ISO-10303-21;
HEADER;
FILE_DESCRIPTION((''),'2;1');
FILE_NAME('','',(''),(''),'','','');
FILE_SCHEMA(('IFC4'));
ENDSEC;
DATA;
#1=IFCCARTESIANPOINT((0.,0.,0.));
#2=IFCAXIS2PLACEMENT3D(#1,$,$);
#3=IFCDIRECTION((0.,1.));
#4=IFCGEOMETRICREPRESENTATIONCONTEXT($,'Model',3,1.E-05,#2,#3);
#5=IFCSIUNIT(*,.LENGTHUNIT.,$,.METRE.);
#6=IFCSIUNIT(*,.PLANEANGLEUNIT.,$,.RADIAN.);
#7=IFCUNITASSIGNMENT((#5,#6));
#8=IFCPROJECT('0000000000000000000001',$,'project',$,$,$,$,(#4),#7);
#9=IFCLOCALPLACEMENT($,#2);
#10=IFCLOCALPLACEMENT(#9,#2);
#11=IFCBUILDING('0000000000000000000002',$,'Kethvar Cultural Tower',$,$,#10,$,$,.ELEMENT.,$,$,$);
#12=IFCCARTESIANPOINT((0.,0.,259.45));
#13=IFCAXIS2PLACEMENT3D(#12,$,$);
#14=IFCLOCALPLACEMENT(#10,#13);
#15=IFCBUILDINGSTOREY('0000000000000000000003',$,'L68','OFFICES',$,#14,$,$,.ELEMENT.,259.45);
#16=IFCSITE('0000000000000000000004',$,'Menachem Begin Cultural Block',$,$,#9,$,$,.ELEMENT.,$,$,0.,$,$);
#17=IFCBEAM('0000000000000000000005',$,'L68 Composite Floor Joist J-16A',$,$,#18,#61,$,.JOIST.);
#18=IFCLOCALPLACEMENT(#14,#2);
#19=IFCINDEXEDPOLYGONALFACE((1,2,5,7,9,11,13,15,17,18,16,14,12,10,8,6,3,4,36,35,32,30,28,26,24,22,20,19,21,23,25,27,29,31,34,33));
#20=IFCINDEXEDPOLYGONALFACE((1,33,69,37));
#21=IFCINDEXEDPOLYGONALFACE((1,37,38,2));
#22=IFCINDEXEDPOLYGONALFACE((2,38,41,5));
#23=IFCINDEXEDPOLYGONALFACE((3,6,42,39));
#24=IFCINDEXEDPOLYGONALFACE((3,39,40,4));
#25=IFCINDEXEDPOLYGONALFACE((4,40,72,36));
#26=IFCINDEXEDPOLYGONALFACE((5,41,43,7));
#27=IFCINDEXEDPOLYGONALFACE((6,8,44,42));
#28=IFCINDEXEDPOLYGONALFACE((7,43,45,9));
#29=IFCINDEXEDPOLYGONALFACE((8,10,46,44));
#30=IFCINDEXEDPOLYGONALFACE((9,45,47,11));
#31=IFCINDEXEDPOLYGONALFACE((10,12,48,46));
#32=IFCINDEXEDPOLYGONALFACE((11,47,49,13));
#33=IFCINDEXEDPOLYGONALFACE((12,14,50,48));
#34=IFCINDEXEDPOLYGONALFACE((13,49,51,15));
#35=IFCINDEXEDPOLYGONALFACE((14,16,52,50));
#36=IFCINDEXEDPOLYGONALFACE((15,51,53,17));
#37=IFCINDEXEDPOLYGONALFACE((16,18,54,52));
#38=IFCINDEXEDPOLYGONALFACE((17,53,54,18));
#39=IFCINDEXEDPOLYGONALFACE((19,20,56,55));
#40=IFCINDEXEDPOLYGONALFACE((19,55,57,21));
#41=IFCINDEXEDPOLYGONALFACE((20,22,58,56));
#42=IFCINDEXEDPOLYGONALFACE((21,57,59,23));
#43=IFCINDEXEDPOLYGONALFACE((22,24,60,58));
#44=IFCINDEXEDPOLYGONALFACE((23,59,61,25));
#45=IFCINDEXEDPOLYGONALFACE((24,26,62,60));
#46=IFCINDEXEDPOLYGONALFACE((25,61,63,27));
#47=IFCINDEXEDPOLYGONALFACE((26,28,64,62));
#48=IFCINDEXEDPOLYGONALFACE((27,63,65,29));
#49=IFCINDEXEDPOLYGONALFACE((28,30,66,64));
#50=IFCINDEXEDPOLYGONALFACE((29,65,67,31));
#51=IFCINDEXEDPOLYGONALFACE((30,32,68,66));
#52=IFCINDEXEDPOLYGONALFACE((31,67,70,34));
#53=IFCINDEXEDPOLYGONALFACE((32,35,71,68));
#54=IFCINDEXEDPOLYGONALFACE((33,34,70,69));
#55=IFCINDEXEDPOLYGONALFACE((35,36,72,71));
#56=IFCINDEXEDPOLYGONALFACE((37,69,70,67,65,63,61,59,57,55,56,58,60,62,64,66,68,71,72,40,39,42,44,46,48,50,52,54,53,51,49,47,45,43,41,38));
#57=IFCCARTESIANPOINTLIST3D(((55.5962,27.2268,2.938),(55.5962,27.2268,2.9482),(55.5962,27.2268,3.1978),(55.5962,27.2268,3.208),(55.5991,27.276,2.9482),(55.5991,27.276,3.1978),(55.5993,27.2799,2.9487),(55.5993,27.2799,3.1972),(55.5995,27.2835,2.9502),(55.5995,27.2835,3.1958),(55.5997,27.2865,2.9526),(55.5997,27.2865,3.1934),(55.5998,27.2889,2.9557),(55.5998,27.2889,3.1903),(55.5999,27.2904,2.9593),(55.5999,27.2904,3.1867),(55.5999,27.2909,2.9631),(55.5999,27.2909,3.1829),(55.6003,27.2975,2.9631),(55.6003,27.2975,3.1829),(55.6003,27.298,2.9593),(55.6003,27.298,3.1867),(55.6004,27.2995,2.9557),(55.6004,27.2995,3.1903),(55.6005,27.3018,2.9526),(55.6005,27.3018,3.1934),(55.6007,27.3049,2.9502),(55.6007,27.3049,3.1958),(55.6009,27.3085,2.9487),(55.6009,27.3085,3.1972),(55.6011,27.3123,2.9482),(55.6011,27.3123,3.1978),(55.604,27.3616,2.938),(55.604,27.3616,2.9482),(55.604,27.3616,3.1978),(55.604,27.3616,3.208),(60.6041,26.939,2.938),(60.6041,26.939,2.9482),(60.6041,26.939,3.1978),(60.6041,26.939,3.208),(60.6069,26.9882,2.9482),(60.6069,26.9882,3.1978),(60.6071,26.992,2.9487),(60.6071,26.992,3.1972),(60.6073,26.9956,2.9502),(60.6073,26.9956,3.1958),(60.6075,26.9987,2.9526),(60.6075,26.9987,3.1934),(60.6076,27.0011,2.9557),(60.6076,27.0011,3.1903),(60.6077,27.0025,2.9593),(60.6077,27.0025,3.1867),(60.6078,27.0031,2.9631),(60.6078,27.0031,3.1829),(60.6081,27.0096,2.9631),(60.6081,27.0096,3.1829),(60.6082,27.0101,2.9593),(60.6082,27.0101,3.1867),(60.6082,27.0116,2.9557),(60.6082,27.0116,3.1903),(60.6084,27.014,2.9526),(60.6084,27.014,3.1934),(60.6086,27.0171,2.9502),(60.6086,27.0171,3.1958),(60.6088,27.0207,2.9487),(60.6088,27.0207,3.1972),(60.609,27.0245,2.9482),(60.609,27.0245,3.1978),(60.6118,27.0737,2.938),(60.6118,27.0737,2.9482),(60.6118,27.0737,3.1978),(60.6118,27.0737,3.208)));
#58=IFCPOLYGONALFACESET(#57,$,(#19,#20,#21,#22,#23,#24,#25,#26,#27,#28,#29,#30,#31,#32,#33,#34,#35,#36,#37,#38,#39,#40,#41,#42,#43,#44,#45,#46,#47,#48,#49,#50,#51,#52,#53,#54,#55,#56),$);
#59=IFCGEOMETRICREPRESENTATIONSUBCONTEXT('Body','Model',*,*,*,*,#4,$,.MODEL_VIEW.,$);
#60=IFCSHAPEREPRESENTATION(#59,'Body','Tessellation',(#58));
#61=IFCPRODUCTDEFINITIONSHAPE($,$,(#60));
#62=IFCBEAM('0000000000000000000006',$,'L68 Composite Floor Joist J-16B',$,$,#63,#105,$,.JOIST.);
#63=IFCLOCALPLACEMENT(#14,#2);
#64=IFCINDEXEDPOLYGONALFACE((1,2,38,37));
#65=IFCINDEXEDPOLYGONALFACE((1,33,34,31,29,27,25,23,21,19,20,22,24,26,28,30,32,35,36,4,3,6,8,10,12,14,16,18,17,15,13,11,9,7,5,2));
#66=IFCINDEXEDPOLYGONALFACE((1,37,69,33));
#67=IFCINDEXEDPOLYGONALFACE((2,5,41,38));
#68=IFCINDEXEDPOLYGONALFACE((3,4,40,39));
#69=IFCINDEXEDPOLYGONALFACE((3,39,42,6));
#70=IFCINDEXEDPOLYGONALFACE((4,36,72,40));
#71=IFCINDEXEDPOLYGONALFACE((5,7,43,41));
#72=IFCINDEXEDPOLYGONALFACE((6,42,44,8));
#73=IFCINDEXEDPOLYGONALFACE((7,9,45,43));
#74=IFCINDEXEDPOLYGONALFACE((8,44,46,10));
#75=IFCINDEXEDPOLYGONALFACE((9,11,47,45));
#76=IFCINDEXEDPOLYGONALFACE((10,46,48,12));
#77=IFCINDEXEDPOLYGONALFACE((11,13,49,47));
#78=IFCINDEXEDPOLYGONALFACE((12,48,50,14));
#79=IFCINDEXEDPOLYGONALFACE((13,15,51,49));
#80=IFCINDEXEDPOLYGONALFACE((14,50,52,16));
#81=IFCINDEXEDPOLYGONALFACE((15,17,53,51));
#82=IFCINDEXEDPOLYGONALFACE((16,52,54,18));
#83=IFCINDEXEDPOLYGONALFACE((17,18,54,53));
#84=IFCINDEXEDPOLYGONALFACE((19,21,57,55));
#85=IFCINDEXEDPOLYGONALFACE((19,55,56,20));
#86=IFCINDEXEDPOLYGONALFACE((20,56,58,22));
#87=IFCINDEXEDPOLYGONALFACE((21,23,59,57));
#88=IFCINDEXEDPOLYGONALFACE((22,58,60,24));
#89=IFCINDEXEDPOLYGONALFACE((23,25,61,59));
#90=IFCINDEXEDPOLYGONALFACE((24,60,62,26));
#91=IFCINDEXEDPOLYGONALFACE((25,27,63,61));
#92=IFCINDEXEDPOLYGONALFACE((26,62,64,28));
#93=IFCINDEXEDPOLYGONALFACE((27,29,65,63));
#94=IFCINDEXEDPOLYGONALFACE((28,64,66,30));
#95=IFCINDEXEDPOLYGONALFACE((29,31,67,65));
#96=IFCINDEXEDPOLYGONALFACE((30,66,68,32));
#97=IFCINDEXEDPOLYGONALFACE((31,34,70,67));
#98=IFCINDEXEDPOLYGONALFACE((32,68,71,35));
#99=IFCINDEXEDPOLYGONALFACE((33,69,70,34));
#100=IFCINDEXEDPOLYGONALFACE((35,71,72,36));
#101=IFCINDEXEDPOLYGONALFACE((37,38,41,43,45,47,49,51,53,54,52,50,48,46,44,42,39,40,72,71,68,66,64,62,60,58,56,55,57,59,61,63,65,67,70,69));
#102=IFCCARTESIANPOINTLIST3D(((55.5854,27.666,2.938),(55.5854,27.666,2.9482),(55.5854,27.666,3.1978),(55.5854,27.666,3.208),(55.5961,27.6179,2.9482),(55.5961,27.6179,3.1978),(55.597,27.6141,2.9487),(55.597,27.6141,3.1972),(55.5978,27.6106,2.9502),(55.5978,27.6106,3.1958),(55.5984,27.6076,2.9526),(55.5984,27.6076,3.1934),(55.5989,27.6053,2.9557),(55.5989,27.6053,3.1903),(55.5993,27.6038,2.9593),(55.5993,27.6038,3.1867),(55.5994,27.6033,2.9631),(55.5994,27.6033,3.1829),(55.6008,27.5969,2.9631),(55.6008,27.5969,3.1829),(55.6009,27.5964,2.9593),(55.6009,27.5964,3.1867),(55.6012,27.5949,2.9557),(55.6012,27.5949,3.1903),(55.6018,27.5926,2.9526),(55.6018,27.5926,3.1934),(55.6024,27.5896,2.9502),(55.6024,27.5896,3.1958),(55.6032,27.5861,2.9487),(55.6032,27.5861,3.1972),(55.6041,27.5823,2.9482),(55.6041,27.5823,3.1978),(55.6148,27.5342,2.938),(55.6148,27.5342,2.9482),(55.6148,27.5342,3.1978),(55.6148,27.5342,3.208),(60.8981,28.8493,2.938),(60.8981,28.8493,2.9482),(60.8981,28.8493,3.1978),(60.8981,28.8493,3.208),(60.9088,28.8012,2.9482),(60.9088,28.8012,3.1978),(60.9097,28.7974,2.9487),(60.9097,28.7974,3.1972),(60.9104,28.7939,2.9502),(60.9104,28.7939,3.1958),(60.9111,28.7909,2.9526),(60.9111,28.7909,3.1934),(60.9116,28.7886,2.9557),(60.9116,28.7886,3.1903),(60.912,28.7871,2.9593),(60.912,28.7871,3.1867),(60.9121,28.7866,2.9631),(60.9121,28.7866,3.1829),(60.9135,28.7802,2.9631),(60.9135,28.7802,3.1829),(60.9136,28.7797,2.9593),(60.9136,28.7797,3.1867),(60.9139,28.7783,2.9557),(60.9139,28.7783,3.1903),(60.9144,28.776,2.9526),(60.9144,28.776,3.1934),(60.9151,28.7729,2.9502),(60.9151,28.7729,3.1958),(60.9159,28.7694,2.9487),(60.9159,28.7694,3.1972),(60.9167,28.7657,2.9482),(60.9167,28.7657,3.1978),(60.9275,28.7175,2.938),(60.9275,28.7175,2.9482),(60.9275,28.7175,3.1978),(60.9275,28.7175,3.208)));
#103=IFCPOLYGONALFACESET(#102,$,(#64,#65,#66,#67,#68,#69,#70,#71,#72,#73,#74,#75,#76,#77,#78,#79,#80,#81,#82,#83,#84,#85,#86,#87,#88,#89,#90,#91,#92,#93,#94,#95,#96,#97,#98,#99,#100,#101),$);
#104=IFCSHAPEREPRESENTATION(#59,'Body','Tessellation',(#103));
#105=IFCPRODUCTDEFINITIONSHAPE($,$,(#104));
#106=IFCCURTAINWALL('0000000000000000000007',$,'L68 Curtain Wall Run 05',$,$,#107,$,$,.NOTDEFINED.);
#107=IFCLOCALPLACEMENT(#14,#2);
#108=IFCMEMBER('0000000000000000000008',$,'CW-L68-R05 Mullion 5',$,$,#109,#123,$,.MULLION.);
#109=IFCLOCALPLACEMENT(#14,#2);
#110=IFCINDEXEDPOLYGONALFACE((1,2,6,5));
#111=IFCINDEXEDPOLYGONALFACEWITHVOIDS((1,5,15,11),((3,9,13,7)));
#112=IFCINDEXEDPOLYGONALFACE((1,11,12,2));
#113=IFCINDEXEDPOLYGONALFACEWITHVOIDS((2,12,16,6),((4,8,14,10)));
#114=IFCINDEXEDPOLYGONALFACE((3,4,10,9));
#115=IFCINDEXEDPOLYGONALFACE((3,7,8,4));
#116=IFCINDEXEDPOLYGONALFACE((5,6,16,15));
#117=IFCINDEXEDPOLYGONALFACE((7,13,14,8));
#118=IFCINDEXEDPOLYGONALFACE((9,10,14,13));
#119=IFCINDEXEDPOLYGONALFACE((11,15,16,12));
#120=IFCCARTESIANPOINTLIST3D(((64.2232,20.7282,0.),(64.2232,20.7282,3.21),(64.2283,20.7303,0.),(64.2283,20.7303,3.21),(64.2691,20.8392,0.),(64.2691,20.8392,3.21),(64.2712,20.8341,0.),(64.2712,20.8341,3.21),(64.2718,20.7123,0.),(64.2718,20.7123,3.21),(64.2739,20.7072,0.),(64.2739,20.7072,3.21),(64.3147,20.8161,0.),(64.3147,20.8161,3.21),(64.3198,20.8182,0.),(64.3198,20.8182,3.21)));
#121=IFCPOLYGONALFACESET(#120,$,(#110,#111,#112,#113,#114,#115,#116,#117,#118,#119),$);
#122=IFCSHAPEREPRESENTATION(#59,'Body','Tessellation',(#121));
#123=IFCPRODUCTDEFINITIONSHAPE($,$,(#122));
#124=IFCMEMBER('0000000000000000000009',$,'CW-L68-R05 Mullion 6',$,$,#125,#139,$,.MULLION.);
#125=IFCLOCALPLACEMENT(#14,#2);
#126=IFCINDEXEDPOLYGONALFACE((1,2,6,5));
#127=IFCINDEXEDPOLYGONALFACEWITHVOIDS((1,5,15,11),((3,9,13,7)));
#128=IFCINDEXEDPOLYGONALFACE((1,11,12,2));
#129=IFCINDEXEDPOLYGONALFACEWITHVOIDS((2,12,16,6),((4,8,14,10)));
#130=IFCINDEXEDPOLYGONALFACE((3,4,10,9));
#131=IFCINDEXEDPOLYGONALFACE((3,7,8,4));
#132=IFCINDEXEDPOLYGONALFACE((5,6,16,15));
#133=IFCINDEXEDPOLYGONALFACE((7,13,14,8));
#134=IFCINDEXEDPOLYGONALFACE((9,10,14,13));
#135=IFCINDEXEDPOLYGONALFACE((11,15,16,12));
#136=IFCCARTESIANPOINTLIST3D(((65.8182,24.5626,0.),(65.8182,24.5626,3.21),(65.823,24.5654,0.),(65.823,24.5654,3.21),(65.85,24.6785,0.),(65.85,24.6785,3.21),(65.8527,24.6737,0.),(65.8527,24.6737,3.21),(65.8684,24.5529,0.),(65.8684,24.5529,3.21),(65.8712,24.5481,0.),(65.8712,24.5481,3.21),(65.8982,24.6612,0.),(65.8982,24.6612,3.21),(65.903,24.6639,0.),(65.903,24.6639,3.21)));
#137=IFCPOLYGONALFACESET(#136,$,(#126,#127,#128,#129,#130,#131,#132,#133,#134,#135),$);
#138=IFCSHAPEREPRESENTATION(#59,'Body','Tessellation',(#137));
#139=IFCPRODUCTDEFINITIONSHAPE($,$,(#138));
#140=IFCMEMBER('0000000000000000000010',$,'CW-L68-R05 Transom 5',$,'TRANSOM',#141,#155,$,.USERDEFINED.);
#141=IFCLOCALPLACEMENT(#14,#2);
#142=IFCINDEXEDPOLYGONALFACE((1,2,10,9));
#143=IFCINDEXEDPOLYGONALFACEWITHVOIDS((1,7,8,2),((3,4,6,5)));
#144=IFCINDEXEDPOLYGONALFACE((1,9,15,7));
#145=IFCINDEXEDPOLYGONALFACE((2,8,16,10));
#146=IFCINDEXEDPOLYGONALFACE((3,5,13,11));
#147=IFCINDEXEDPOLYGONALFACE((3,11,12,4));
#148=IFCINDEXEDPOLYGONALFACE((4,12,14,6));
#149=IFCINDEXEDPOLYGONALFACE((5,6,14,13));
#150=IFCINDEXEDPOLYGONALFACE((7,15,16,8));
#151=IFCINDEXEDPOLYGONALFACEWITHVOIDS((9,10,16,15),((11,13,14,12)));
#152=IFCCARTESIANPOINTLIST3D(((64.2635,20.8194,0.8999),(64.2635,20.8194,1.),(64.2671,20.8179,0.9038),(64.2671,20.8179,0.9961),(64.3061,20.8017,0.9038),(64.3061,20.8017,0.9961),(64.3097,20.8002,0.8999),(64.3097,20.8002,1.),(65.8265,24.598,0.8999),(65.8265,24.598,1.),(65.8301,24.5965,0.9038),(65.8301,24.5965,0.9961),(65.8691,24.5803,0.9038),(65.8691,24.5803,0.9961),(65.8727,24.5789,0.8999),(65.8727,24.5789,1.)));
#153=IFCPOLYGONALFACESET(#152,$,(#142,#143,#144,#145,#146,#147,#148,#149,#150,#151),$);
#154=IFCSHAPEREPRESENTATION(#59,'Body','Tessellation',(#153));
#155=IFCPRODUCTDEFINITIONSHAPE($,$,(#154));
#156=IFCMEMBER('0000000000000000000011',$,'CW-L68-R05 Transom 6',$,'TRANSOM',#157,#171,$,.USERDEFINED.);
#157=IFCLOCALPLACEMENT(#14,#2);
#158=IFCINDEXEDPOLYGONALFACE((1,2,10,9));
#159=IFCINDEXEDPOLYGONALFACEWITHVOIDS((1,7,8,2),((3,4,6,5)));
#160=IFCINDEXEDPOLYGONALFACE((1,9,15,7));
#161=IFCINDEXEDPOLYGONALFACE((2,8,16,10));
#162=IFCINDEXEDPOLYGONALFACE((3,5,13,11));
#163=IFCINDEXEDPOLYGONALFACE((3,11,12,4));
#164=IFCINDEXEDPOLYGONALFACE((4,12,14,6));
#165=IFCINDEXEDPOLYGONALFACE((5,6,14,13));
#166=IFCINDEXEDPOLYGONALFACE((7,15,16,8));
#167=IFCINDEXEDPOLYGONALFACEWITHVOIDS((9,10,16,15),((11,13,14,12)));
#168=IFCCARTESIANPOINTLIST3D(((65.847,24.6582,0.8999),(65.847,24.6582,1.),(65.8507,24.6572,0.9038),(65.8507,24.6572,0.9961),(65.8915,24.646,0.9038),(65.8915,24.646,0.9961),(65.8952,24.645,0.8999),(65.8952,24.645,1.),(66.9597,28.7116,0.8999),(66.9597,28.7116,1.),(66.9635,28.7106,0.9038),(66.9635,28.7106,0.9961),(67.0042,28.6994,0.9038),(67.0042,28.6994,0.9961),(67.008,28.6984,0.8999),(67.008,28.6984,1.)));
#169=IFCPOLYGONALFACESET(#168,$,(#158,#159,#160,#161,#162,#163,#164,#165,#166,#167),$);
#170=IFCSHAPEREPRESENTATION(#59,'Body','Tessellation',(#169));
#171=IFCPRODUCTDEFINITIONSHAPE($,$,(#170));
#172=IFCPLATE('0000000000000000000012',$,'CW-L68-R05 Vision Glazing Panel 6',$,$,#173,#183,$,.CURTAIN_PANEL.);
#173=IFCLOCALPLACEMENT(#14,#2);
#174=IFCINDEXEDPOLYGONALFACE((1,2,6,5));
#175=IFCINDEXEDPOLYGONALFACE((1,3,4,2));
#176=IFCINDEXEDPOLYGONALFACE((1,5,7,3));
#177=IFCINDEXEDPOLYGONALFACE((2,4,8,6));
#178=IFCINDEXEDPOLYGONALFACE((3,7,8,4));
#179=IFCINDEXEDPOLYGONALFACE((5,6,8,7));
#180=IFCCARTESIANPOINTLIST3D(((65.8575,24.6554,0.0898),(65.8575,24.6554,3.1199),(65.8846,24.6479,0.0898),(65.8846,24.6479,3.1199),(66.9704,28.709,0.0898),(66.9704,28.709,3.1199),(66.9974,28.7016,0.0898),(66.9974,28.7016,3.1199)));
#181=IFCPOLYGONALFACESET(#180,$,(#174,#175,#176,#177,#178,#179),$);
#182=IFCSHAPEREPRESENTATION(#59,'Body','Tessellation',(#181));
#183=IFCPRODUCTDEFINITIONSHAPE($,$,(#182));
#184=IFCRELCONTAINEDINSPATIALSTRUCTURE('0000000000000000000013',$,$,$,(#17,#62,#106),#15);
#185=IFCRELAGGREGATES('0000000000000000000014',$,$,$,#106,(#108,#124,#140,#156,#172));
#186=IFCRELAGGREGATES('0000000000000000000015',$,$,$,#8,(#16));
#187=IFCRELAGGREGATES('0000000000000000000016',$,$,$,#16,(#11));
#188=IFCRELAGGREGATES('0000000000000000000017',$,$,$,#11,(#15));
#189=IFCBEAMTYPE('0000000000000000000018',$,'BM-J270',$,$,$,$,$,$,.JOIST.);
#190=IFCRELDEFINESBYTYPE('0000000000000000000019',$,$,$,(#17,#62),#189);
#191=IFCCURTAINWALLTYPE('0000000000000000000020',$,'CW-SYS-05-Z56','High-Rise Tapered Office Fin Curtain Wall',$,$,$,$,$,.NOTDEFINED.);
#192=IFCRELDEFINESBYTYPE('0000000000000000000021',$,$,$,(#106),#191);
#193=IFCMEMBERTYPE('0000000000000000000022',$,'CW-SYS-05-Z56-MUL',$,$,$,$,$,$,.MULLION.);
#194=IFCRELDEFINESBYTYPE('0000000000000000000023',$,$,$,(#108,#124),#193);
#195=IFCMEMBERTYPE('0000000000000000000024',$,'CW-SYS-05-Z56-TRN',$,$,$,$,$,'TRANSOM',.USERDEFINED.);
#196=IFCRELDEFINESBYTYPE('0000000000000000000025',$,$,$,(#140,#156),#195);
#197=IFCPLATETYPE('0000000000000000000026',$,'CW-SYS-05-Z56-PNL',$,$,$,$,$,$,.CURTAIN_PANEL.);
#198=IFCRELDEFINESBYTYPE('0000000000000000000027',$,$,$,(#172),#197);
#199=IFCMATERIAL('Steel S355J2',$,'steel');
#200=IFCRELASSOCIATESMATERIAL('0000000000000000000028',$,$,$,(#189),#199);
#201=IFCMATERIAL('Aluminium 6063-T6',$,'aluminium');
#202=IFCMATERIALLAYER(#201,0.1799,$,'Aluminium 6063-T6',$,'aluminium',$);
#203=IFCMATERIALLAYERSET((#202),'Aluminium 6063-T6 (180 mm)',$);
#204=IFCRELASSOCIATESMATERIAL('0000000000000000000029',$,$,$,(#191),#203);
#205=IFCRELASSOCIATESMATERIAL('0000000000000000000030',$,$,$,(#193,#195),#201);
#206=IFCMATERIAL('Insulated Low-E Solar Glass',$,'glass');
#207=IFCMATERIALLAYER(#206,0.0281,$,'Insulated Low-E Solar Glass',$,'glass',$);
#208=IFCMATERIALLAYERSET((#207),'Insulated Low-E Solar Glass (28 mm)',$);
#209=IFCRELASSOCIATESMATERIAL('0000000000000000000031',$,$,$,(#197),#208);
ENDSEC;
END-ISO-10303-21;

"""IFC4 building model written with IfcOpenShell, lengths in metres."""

from ifc_helpers import new_model, si_unit, direction, frame, origin, origin_2d, place, context, subcontext, project, spatial, rectangle, hollow_rectangle, i_section, extrude, source, transform, mapped, material, layer, layer_set, material_profile, profile_set, type_object, element, aggregate, save


model = new_model("IFC4")

# Units and contexts
model_context = context("Model", 3, precision=1e-05, world=origin(), true_north=direction((0.0, 1.0)))
body_context = subcontext(model_context, "Body", "Model", "MODEL_VIEW")
ifc_project = project(units=[si_unit("LENGTHUNIT", "METRE"), si_unit("PLANEANGLEUNIT", "RADIAN")], contexts=[model_context])

# Site, building, storey
site_placement = place(None, origin())
site = spatial("IfcSite", under=ifc_project, at=site_placement, Name="Menachem Begin Cultural Block", CompositionType="ELEMENT", RefElevation=0.0)
building_placement = place(site_placement, origin())
building = spatial("IfcBuilding", under=site, at=building_placement, Name="Kethvar Cultural Tower", CompositionType="ELEMENT")
storey_placement = place(building_placement, frame((0.0, 0.0, 259.45)))
storey = spatial("IfcBuildingStorey", under=building, at=storey_placement, Name="L68", Description="OFFICES", CompositionType="ELEMENT", Elevation=259.45)

# Beams
ifc_material_1 = material(Name="Steel S355J2", Category="steel")
ifc_material_profile_1 = material_profile(ifc_material_1, i_section(OverallWidth=0.135, OverallDepth=0.27, WebThickness=0.0066, FlangeThickness=0.0103, FilletRadius=0.0149, at=origin_2d()), Name="Steel S355J2 — IPE270")
ifc_profile_set_1 = profile_set([ifc_material_profile_1], Name="Steel S355J2 — IPE270")
beam_type_1 = type_object("IfcBeamType", Name="BM-J270", PredefinedType="JOIST", material=ifc_profile_set_1)
shared_shape_1 = source(origin(), body_context, "Body", "SweptSolid", [
    extrude(i_section(OverallWidth=0.135, OverallDepth=0.27, WebThickness=0.0066, FlangeThickness=0.0103, FilletRadius=0.0149, at=origin_2d()), origin(), (0.0, 0.0, 1.0), 5.0161),
])
beam_1_placement = place(storey_placement, frame((55.6001, 27.2942, 3.073), z_axis=(0.998352, -0.057384, 0.0), x_axis=(0.057384, 0.998352, 0.0)))
element("IfcBeam", 1, at=beam_1_placement, inside=storey, type_object=beam_type_1, Name="L68 Composite Floor Joist J-16A", PredefinedType="JOIST", context=body_context, shape_type="MappedRepresentation", body=[
    mapped(shared_shape_1, transform((0.0, 0.0, 0.0), scale=1.0)),
])
shared_shape_2 = source(origin(), body_context, "Body", "SweptSolid", [
    extrude(i_section(OverallWidth=0.135, OverallDepth=0.27, WebThickness=0.0066, FlangeThickness=0.0103, FilletRadius=0.0149, at=origin_2d()), origin(), (0.0, 0.0, 1.0), 5.4429),
])
beam_2_placement = place(storey_placement, frame((55.6001, 27.6001, 3.073), z_axis=(0.97608, 0.21741, 0.0), x_axis=(-0.21741, 0.97608, 0.0)))
element("IfcBeam", 2, at=beam_2_placement, inside=storey, type_object=beam_type_1, Name="L68 Composite Floor Joist J-16B", PredefinedType="JOIST", context=body_context, shape_type="MappedRepresentation", body=[
    mapped(shared_shape_2, transform((0.0, 0.0, 0.0), scale=1.0)),
])

# Curtain wall, members, plate
ifc_material_2 = material(Name="Aluminium 6063-T6", Category="aluminium")
ifc_layer_1 = layer(ifc_material_2, 0.1799, Name="Aluminium 6063-T6", Category="aluminium")
ifc_layer_set_1 = layer_set([ifc_layer_1], Name="Aluminium 6063-T6 (180 mm)")
curtain_wall_type = type_object("IfcCurtainWallType", Name="CW-SYS-05-Z56", Description="High-Rise Tapered Office Fin Curtain Wall", PredefinedType="NOTDEFINED", material=ifc_layer_set_1)
curtain_wall_placement = place(storey_placement, origin())
curtain_wall = element("IfcCurtainWall", 3, at=curtain_wall_placement, inside=storey, type_object=curtain_wall_type, Name="L68 Curtain Wall Run 05", PredefinedType="NOTDEFINED")
ifc_material_profile_2 = material_profile(ifc_material_2, hollow_rectangle(XDim=0.0549, YDim=0.1201, WallThickness=0.0039, at=origin_2d()), Name="Aluminium 6063-T6 — RHS120x55x4")
ifc_profile_set_2 = profile_set([ifc_material_profile_2], Name="Aluminium 6063-T6 — RHS120x55x4")
member_type_1 = type_object("IfcMemberType", Name="CW-SYS-05-Z56-MUL", PredefinedType="MULLION", material=ifc_profile_set_2)
shared_shape_3 = source(origin(), body_context, "Body", "SweptSolid", [
    extrude(hollow_rectangle(XDim=0.0549, YDim=0.1201, WallThickness=0.0039, at=origin_2d()), origin(), (0.0, 0.0, 1.0), 3.21),
])
member_1_placement = place(storey_placement, frame((64.2715, 20.7732, 0.0), z_axis=(0.0, 0.0, 1.0), x_axis=(-0.924086, 0.382184, 0.0)))
member_1 = element("IfcMember", 4, at=member_1_placement, type_object=member_type_1, Name="CW-L68-R05 Mullion 5", PredefinedType="MULLION", context=body_context, shape_type="MappedRepresentation", body=[
    mapped(shared_shape_3, transform((0.0, 0.0, 0.0), scale=1.0)),
])
member_2_placement = place(storey_placement, frame((65.8606, 24.6133, 0.0), z_axis=(0.0, 0.0, 1.0), x_axis=(-0.964322, 0.264732, 0.0)))
member_2 = element("IfcMember", 5, at=member_2_placement, type_object=member_type_1, Name="CW-L68-R05 Mullion 6", PredefinedType="MULLION", context=body_context, shape_type="MappedRepresentation", body=[
    mapped(shared_shape_3, transform((0.0, 0.0, 0.0), scale=1.0)),
])
ifc_material_profile_3 = material_profile(ifc_material_2, hollow_rectangle(XDim=0.05, YDim=0.1001, WallThickness=0.0039, at=origin_2d()), Name="Aluminium 6063-T6 — RHS100x50x4")
ifc_profile_set_3 = profile_set([ifc_material_profile_3], Name="Aluminium 6063-T6 — RHS100x50x4")
member_type_2 = type_object("IfcMemberType", Name="CW-SYS-05-Z56-TRN", ElementType="TRANSOM", PredefinedType="USERDEFINED", material=ifc_profile_set_3)
shared_shape_4 = source(origin(), body_context, "Body", "SweptSolid", [
    extrude(hollow_rectangle(XDim=0.05, YDim=0.1001, WallThickness=0.0039, at=origin_2d()), origin(), (0.0, 0.0, 1.0), 4.0891),
])
member_3_placement = place(storey_placement, frame((64.2866, 20.8098, 0.95), z_axis=(0.382236, 0.924065, 0.0), x_axis=(-0.924065, 0.382236, 0.0)))
member_3 = element("IfcMember", 6, at=member_3_placement, type_object=member_type_2, Name="CW-L68-R05 Transom 5", ObjectType="TRANSOM", PredefinedType="USERDEFINED", context=body_context, shape_type="MappedRepresentation", body=[
    mapped(shared_shape_4, transform((0.0, 0.0, 0.0), scale=1.0)),
])
shared_shape_5 = source(origin(), body_context, "Body", "SweptSolid", [
    extrude(hollow_rectangle(XDim=0.05, YDim=0.1001, WallThickness=0.0039, at=origin_2d()), origin(), (0.0, 0.0, 1.0), 4.2034),
])
member_4_placement = place(storey_placement, frame((65.8711, 24.6516, 0.95), z_axis=(0.264734, 0.964321, 0.0), x_axis=(-0.964321, 0.264734, 0.0)))
member_4 = element("IfcMember", 7, at=member_4_placement, type_object=member_type_2, Name="CW-L68-R05 Transom 6", ObjectType="TRANSOM", PredefinedType="USERDEFINED", context=body_context, shape_type="MappedRepresentation", body=[
    mapped(shared_shape_5, transform((0.0, 0.0, 0.0), scale=1.0)),
])
ifc_material_3 = material(Name="Insulated Low-E Solar Glass", Category="glass")
ifc_layer_2 = layer(ifc_material_3, 0.0281, Name="Insulated Low-E Solar Glass", Category="glass")
ifc_layer_set_2 = layer_set([ifc_layer_2], Name="Insulated Low-E Solar Glass (28 mm)")
plate_type = type_object("IfcPlateType", Name="CW-SYS-05-Z56-PNL", PredefinedType="CURTAIN_PANEL", material=ifc_layer_set_2)
shared_shape_6 = source(origin(), body_context, "Body", "SweptSolid", [
    extrude(rectangle(XDim=4.2036, YDim=0.0281, at=origin_2d()), origin(), (0.0, 0.0, 1.0), 3.03),
])
plate_1_placement = place(storey_placement, frame((66.4275, 26.6785, 0.0898), z_axis=(0.0, 0.0, 1.0), x_axis=(0.264732, 0.964322, 0.0)))
plate_1 = element("IfcPlate", 8, at=plate_1_placement, type_object=plate_type, Name="CW-L68-R05 Vision Glazing Panel 6", PredefinedType="CURTAIN_PANEL", context=body_context, shape_type="MappedRepresentation", body=[
    mapped(shared_shape_6, transform((0.0, 0.0, 0.0), scale=1.0)),
])
aggregate(curtain_wall, [member_1, member_2, member_3, member_4, plate_1])

save(model, "model.ifc")
